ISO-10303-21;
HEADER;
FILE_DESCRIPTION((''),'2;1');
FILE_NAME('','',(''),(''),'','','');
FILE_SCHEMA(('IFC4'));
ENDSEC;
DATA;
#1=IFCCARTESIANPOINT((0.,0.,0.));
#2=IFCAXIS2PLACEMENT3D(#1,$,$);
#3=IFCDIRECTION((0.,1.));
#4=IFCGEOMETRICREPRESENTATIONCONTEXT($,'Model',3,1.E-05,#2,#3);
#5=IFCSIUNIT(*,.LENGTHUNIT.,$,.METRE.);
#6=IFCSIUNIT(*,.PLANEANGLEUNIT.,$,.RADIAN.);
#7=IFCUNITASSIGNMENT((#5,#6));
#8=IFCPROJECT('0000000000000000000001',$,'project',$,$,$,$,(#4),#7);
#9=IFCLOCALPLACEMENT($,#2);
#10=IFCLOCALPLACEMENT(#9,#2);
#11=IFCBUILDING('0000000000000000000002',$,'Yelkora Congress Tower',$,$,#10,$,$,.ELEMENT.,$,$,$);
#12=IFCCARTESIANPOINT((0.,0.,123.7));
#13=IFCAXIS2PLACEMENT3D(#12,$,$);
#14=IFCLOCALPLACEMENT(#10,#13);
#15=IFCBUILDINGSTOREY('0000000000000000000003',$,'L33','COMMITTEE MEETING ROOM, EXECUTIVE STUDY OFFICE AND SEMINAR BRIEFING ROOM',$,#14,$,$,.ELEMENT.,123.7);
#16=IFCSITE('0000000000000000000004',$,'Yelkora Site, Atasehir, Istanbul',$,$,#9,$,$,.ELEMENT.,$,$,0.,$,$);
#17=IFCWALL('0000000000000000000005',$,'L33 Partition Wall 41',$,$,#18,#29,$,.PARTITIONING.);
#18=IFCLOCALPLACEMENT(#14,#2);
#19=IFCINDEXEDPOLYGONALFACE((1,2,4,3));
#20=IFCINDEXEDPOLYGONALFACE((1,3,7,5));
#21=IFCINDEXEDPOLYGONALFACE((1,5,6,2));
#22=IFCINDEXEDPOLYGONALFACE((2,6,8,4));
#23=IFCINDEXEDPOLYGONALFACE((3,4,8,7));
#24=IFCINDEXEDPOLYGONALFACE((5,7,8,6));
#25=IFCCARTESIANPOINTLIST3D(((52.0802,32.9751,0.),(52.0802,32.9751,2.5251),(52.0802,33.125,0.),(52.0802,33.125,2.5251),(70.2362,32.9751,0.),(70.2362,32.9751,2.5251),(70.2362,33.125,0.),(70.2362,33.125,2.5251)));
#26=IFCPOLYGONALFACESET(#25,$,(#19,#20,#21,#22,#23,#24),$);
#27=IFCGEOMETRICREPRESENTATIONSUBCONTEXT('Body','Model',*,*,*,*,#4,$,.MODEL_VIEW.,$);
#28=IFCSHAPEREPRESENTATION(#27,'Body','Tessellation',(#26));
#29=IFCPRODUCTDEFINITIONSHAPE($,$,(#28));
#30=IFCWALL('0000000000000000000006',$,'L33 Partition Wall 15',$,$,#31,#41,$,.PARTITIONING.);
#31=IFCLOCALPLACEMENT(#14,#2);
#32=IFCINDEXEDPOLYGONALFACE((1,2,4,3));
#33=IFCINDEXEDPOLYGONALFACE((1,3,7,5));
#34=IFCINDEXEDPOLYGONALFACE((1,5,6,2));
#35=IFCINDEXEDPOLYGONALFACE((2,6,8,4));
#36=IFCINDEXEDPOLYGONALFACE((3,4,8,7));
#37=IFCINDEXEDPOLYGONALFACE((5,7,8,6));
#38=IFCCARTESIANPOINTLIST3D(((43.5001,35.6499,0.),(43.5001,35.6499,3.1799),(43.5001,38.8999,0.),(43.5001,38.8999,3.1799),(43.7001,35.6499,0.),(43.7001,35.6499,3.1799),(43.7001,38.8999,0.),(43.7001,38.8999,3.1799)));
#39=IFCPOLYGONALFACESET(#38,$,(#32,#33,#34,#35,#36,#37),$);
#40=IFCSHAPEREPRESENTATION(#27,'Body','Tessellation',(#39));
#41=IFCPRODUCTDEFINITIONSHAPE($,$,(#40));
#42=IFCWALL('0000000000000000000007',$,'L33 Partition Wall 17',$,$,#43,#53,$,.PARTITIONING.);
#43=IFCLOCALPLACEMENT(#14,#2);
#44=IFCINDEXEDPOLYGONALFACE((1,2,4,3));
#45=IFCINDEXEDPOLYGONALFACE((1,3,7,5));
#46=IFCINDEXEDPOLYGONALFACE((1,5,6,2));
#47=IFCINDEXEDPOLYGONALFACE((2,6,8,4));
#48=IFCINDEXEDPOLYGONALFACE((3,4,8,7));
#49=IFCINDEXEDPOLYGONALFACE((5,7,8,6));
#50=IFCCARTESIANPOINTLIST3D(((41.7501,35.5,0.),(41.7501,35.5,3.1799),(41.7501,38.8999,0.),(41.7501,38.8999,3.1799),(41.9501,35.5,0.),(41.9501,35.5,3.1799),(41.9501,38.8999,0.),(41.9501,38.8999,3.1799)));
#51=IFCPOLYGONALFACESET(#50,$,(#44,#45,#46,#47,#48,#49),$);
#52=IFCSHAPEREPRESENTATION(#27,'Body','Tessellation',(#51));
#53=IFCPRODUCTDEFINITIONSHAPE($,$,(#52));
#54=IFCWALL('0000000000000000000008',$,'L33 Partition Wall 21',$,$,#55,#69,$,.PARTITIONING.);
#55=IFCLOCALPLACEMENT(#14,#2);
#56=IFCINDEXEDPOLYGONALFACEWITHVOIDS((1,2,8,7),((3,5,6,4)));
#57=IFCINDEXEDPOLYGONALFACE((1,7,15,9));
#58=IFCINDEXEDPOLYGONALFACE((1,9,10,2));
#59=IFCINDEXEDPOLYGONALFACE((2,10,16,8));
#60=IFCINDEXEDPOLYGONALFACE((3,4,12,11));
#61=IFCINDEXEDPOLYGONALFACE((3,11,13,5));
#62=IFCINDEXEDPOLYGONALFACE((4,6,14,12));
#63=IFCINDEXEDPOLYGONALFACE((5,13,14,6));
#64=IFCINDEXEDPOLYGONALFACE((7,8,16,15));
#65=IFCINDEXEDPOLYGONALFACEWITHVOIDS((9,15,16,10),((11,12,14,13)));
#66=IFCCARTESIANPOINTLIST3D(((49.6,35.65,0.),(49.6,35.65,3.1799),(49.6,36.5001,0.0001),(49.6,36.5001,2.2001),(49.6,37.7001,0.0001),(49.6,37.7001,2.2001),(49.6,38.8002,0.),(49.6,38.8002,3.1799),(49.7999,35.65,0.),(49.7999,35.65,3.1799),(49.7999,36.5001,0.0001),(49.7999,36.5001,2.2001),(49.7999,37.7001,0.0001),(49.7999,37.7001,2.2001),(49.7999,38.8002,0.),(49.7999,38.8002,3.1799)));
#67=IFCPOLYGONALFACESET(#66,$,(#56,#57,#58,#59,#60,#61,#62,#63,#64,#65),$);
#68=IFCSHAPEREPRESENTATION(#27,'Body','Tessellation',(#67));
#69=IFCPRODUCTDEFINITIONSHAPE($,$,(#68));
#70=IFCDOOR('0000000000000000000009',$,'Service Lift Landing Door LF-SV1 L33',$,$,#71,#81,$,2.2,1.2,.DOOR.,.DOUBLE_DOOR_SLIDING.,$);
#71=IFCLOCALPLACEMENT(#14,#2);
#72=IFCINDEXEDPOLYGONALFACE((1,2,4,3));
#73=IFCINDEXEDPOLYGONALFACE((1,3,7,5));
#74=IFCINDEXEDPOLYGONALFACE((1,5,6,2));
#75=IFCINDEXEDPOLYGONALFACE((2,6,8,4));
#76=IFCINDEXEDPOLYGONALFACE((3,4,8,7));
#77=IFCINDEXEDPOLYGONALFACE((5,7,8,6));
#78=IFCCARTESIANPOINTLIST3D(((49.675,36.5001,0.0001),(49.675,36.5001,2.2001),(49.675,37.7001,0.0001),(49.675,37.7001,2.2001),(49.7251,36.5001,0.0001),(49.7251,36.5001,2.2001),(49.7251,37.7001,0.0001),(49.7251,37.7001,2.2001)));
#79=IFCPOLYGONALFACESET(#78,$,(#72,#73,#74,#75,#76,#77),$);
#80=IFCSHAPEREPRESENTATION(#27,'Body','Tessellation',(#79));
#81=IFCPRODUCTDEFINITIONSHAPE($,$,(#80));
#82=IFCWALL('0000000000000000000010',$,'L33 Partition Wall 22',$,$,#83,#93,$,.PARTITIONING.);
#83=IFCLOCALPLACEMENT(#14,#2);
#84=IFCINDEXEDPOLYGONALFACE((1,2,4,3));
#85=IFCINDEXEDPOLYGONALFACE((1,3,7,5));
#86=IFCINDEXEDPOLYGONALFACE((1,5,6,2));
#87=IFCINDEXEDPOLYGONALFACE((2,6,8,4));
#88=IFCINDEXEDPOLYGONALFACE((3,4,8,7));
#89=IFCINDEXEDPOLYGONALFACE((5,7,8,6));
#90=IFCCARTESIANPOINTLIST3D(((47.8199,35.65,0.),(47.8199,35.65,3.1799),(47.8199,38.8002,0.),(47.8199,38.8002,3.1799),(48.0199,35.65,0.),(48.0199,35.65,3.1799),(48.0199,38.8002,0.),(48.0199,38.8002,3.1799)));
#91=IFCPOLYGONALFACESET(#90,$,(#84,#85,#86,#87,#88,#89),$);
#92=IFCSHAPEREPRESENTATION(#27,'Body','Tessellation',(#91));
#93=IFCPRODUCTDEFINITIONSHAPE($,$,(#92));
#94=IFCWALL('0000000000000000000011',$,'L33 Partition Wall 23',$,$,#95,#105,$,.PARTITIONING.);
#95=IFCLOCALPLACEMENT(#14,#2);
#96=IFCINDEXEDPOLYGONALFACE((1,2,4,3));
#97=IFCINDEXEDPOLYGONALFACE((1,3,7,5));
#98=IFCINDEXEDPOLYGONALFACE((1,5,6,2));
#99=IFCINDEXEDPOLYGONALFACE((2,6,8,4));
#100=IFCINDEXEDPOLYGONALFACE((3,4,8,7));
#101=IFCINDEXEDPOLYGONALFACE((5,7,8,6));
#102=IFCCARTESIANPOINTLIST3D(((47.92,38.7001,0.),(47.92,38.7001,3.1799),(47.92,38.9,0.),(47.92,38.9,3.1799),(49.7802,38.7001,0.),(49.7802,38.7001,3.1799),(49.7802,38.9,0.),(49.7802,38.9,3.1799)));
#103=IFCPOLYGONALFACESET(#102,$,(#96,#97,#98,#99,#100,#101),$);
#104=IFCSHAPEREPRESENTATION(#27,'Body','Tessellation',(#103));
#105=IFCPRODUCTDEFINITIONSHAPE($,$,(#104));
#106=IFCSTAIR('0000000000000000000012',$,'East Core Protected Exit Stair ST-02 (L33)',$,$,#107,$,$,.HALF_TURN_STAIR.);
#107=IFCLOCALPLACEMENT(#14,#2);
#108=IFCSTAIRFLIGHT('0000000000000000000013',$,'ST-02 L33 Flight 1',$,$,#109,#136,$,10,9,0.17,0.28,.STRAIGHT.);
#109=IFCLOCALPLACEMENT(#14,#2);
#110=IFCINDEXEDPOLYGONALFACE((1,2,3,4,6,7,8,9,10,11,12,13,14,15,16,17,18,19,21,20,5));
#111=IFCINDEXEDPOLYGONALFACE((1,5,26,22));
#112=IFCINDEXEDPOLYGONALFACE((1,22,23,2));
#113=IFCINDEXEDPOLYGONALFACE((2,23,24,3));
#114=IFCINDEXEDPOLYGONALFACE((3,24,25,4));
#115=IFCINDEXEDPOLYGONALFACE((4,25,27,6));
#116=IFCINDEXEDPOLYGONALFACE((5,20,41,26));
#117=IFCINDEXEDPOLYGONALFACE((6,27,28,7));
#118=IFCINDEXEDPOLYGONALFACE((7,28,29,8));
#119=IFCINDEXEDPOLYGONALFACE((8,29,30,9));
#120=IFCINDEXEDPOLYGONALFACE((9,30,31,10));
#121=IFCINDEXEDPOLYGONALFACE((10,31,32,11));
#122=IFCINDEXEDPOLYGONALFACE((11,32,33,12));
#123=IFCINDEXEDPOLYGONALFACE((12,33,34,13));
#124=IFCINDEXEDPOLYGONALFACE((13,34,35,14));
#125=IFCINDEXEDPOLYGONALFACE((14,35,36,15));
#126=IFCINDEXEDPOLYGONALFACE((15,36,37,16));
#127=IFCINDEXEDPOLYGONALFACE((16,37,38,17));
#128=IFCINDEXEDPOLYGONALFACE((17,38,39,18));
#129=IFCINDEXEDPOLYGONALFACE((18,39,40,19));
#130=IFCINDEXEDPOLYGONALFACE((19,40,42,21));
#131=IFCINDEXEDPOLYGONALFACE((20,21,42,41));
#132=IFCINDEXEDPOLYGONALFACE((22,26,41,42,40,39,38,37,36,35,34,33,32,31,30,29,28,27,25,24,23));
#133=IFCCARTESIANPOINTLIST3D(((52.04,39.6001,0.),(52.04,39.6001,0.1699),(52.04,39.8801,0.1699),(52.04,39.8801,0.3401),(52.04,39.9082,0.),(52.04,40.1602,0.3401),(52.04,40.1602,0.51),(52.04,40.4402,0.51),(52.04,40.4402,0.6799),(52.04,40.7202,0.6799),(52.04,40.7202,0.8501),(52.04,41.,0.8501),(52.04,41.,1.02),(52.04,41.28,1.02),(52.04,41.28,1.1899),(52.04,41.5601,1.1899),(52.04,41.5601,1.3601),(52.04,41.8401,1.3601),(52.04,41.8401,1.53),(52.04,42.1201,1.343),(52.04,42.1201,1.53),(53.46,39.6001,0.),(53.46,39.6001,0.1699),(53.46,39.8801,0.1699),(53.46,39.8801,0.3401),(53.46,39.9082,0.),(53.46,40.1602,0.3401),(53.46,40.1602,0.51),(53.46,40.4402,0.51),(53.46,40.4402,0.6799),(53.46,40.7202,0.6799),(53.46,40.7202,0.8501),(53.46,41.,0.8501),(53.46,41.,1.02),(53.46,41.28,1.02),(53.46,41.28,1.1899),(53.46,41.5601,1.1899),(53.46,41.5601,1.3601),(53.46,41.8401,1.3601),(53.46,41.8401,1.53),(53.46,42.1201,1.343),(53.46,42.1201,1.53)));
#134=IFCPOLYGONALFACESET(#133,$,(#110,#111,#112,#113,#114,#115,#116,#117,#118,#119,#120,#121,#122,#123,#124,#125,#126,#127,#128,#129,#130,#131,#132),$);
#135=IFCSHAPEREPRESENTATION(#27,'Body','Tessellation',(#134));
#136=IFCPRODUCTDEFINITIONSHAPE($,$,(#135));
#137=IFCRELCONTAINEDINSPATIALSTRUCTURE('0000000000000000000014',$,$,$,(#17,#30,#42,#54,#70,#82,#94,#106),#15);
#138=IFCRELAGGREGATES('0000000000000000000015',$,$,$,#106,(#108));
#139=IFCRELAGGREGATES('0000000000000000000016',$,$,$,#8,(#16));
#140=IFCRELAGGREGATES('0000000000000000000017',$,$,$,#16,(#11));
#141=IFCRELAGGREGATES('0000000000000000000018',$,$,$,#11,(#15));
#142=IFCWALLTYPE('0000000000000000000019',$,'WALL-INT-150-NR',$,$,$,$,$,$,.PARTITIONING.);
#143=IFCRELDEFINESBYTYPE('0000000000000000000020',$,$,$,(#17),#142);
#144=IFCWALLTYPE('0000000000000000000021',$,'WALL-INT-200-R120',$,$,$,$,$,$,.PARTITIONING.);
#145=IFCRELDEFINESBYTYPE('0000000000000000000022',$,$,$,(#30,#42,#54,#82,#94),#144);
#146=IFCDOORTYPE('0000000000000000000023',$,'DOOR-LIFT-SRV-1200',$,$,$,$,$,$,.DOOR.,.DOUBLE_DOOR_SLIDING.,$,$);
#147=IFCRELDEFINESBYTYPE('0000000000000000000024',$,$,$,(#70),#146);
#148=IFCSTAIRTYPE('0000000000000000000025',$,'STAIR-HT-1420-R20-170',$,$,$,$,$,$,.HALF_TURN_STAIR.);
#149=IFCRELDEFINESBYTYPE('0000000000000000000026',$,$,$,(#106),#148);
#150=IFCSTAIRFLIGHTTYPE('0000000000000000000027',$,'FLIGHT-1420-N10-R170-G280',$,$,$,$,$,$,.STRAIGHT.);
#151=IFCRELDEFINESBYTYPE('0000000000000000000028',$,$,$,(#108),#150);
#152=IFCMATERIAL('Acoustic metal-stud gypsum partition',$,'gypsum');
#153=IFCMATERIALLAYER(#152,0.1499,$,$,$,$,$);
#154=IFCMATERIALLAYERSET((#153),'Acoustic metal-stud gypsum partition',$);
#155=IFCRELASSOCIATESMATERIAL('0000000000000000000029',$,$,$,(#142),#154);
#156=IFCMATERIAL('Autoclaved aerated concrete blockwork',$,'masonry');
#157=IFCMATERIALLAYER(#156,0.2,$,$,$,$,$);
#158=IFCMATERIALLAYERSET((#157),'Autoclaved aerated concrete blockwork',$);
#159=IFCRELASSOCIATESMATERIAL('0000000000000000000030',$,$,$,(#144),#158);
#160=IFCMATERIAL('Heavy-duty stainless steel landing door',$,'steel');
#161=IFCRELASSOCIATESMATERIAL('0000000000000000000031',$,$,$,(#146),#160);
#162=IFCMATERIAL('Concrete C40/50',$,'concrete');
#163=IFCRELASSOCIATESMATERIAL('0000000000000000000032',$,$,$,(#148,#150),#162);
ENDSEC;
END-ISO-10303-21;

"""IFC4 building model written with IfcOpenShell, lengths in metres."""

from ifc_helpers import new_model, si_unit, direction, frame, frame_2d, origin, place, context, subcontext, project, spatial, polyline, rectangle, outline, extrude, material, layer, layer_set, type_object, element, fill, aggregate, save


model = new_model("IFC4")

# Units and contexts
model_context = context("Model", 3, precision=1e-05, world=origin(), true_north=direction((0.0, 1.0)))
body_context = subcontext(model_context, "Body", "Model", "MODEL_VIEW")
ifc_project = project(units=[si_unit("LENGTHUNIT", "METRE"), si_unit("PLANEANGLEUNIT", "RADIAN")], contexts=[model_context])

# Site, building, storey
site_placement = place(None, origin())
site = spatial("IfcSite", under=ifc_project, at=site_placement, Name="Yelkora Site, Atasehir, Istanbul", CompositionType="ELEMENT", RefElevation=0.0)
building_placement = place(site_placement, origin())
building = spatial("IfcBuilding", under=site, at=building_placement, Name="Yelkora Congress Tower", CompositionType="ELEMENT")
storey_placement = place(building_placement, frame((0.0, 0.0, 123.7)))
storey = spatial("IfcBuildingStorey", under=building, at=storey_placement, Name="L33", Description="COMMITTEE MEETING ROOM, EXECUTIVE STUDY OFFICE AND SEMINAR BRIEFING ROOM", CompositionType="ELEMENT", Elevation=123.7)

# Shared definitions
ifc_material_1 = material(Name="Acoustic metal-stud gypsum partition", Category="gypsum")
ifc_layer_1 = layer(ifc_material_1, 0.1499)
ifc_layer_set_1 = layer_set([ifc_layer_1], Name="Acoustic metal-stud gypsum partition")
wall_type_1 = type_object("IfcWallType", Name="WALL-INT-150-NR", PredefinedType="PARTITIONING", material=ifc_layer_set_1)

# Walls
wall_1_placement = place(storey_placement, frame((52.0801, 33.05, 0.0), z_axis=(0.0, 0.0, 1.0), x_axis=(1.0, 0.0, 0.0)))
element("IfcWall", 1, at=wall_1_placement, inside=storey, type_object=wall_type_1, Name="L33 Partition Wall 41", PredefinedType="PARTITIONING", context=body_context, shape_type="SweptSolid", body=[
    extrude(rectangle(XDim=18.156, YDim=0.1499, at=frame_2d((9.0781, 0.0))), origin(), (0.0, 0.0, 1.0), 2.5251),
])
ifc_material_2 = material(Name="Autoclaved aerated concrete blockwork", Category="masonry")
ifc_layer_2 = layer(ifc_material_2, 0.2)
ifc_layer_set_2 = layer_set([ifc_layer_2], Name="Autoclaved aerated concrete blockwork")
wall_type_2 = type_object("IfcWallType", Name="WALL-INT-200-R120", PredefinedType="PARTITIONING", material=ifc_layer_set_2)
wall_2_placement = place(storey_placement, frame((43.6001, 35.6499, 0.0), z_axis=(0.0, 0.0, 1.0), x_axis=(0.0, 1.0, 0.0)))
element("IfcWall", 2, at=wall_2_placement, inside=storey, type_object=wall_type_2, Name="L33 Partition Wall 15", PredefinedType="PARTITIONING", context=body_context, shape_type="SweptSolid", body=[
    extrude(rectangle(XDim=3.25, YDim=0.2, at=frame_2d((1.625, 0.0))), origin(), (0.0, 0.0, 1.0), 3.1799),
])
wall_3_placement = place(storey_placement, frame((41.8501, 35.5, 0.0), z_axis=(0.0, 0.0, 1.0), x_axis=(0.0, 1.0, 0.0)))
element("IfcWall", 3, at=wall_3_placement, inside=storey, type_object=wall_type_2, Name="L33 Partition Wall 17", PredefinedType="PARTITIONING", context=body_context, shape_type="SweptSolid", body=[
    extrude(rectangle(XDim=3.3999, YDim=0.2, at=frame_2d((1.7, 0.0))), origin(), (0.0, 0.0, 1.0), 3.1799),
])

# Wall, opening, door
wall_4_placement = place(storey_placement, frame((49.7, 35.6499, 0.0), z_axis=(0.0, 0.0, 1.0), x_axis=(0.0, 1.0, 0.0)))
wall_4 = element("IfcWall", 4, at=wall_4_placement, inside=storey, type_object=wall_type_2, Name="L33 Partition Wall 21", PredefinedType="PARTITIONING", context=body_context, shape_type="SweptSolid", body=[
    extrude(rectangle(XDim=3.1501, YDim=0.2, at=frame_2d((1.5752, 0.0))), origin(), (0.0, 0.0, 1.0), 3.1799),
])
opening_1_placement = place(wall_4_placement, frame((0.8501, 0.0, 0.0)))
opening_1 = element("IfcOpeningElement", 5, at=opening_1_placement, cuts=wall_4, PredefinedType="OPENING", context=body_context, shape_type="SweptSolid", body=[
    extrude(rectangle(XDim=1.2, YDim=2.2, at=frame_2d((0.6001, 1.1001))), frame((0.0, 0.1099, 0.0), z_axis=(0.0, -1.0, 0.0), x_axis=(1.0, 0.0, 0.0)), (0.0, 0.0, 1.0), 0.22),
])
ifc_material_3 = material(Name="Heavy-duty stainless steel landing door", Category="steel")
door_type_1 = type_object("IfcDoorType", Name="DOOR-LIFT-SRV-1200", OperationType="DOUBLE_DOOR_SLIDING", PredefinedType="DOOR", material=ifc_material_3)
door_1_placement = place(opening_1_placement, origin())
door_1 = element("IfcDoor", 6, at=door_1_placement, inside=storey, type_object=door_type_1, Name="Service Lift Landing Door LF-SV1 L33", OperationType="DOUBLE_DOOR_SLIDING", OverallHeight=2.2, OverallWidth=1.2, PredefinedType="DOOR", context=body_context, shape_type="SweptSolid", body=[
    extrude(rectangle(XDim=1.2, YDim=2.2, at=frame_2d((0.6001, 1.1001))), frame((0.0, 0.0249, 0.0), z_axis=(0.0, -1.0, 0.0), x_axis=(1.0, 0.0, 0.0)), (0.0, 0.0, 1.0), 0.05),
])
fill(opening_1, door_1)

# Walls
wall_5_placement = place(storey_placement, frame((47.9199, 35.6499, 0.0), z_axis=(0.0, 0.0, 1.0), x_axis=(0.0, 1.0, 0.0)))
element("IfcWall", 7, at=wall_5_placement, inside=storey, type_object=wall_type_2, Name="L33 Partition Wall 22", PredefinedType="PARTITIONING", context=body_context, shape_type="SweptSolid", body=[
    extrude(rectangle(XDim=3.1501, YDim=0.2, at=frame_2d((1.5752, 0.0))), origin(), (0.0, 0.0, 1.0), 3.1799),
])
wall_6_placement = place(storey_placement, frame((47.9199, 38.8, 0.0), z_axis=(0.0, 0.0, 1.0), x_axis=(1.0, 0.0, 0.0)))
element("IfcWall", 8, at=wall_6_placement, inside=storey, type_object=wall_type_2, Name="L33 Partition Wall 23", PredefinedType="PARTITIONING", context=body_context, shape_type="SweptSolid", body=[
    extrude(rectangle(XDim=1.8601, YDim=0.2, at=frame_2d((0.9302, 0.0))), origin(), (0.0, 0.0, 1.0), 3.1799),
])

# Stair, stair flight
ifc_material_4 = material(Name="Concrete C40/50", Category="concrete")
stair_type = type_object("IfcStairType", Name="STAIR-HT-1420-R20-170", PredefinedType="HALF_TURN_STAIR", material=ifc_material_4)
stair_placement = place(storey_placement, origin())
stair = element("IfcStair", 9, at=stair_placement, inside=storey, type_object=stair_type, Name="East Core Protected Exit Stair ST-02 (L33)", PredefinedType="HALF_TURN_STAIR")
stair_flight_type = type_object("IfcStairFlightType", Name="FLIGHT-1420-N10-R170-G280", PredefinedType="STRAIGHT", material=ifc_material_4)
stair_flight_placement = place(storey_placement, frame((52.75, 39.6001, 0.0), z_axis=(0.0, 0.0, 1.0), x_axis=(0.0, 1.0, 0.0)))
stair_flight = element("IfcStairFlight", 10, at=stair_flight_placement, type_object=stair_flight_type, Name="ST-02 L33 Flight 1", NumberOfRisers=10, NumberOfTreads=9, PredefinedType="STRAIGHT", RiserHeight=0.17, TreadLength=0.28, context=body_context, shape_type="SweptSolid", body=[
    extrude(outline(polyline([(0.0, 0.0), (0.0, 0.1699), (0.28, 0.1699), (0.28, 0.3401), (0.5601, 0.3401), (0.5601, 0.51), (0.8401, 0.51), (0.8401, 0.6799), (1.1201, 0.6799), (1.1201, 0.8501), (1.3999, 0.8501), (1.3999, 1.02), (1.6799, 1.02), (1.6799, 1.1899), (1.96, 1.1899), (1.96, 1.3601), (2.24, 1.3601), (2.24, 1.53), (2.52, 1.53), (2.52, 1.7), (2.52, 1.343), (0.3081, 0.0), (0.0, 0.0)])), frame((0.0, 0.71, 0.0), z_axis=(0.0, -1.0, 0.0), x_axis=(1.0, 0.0, 0.0)), (0.0, 0.0, 1.0), 1.4199),
])
aggregate(stair, [stair_flight])

save(model, "model.ifc")
